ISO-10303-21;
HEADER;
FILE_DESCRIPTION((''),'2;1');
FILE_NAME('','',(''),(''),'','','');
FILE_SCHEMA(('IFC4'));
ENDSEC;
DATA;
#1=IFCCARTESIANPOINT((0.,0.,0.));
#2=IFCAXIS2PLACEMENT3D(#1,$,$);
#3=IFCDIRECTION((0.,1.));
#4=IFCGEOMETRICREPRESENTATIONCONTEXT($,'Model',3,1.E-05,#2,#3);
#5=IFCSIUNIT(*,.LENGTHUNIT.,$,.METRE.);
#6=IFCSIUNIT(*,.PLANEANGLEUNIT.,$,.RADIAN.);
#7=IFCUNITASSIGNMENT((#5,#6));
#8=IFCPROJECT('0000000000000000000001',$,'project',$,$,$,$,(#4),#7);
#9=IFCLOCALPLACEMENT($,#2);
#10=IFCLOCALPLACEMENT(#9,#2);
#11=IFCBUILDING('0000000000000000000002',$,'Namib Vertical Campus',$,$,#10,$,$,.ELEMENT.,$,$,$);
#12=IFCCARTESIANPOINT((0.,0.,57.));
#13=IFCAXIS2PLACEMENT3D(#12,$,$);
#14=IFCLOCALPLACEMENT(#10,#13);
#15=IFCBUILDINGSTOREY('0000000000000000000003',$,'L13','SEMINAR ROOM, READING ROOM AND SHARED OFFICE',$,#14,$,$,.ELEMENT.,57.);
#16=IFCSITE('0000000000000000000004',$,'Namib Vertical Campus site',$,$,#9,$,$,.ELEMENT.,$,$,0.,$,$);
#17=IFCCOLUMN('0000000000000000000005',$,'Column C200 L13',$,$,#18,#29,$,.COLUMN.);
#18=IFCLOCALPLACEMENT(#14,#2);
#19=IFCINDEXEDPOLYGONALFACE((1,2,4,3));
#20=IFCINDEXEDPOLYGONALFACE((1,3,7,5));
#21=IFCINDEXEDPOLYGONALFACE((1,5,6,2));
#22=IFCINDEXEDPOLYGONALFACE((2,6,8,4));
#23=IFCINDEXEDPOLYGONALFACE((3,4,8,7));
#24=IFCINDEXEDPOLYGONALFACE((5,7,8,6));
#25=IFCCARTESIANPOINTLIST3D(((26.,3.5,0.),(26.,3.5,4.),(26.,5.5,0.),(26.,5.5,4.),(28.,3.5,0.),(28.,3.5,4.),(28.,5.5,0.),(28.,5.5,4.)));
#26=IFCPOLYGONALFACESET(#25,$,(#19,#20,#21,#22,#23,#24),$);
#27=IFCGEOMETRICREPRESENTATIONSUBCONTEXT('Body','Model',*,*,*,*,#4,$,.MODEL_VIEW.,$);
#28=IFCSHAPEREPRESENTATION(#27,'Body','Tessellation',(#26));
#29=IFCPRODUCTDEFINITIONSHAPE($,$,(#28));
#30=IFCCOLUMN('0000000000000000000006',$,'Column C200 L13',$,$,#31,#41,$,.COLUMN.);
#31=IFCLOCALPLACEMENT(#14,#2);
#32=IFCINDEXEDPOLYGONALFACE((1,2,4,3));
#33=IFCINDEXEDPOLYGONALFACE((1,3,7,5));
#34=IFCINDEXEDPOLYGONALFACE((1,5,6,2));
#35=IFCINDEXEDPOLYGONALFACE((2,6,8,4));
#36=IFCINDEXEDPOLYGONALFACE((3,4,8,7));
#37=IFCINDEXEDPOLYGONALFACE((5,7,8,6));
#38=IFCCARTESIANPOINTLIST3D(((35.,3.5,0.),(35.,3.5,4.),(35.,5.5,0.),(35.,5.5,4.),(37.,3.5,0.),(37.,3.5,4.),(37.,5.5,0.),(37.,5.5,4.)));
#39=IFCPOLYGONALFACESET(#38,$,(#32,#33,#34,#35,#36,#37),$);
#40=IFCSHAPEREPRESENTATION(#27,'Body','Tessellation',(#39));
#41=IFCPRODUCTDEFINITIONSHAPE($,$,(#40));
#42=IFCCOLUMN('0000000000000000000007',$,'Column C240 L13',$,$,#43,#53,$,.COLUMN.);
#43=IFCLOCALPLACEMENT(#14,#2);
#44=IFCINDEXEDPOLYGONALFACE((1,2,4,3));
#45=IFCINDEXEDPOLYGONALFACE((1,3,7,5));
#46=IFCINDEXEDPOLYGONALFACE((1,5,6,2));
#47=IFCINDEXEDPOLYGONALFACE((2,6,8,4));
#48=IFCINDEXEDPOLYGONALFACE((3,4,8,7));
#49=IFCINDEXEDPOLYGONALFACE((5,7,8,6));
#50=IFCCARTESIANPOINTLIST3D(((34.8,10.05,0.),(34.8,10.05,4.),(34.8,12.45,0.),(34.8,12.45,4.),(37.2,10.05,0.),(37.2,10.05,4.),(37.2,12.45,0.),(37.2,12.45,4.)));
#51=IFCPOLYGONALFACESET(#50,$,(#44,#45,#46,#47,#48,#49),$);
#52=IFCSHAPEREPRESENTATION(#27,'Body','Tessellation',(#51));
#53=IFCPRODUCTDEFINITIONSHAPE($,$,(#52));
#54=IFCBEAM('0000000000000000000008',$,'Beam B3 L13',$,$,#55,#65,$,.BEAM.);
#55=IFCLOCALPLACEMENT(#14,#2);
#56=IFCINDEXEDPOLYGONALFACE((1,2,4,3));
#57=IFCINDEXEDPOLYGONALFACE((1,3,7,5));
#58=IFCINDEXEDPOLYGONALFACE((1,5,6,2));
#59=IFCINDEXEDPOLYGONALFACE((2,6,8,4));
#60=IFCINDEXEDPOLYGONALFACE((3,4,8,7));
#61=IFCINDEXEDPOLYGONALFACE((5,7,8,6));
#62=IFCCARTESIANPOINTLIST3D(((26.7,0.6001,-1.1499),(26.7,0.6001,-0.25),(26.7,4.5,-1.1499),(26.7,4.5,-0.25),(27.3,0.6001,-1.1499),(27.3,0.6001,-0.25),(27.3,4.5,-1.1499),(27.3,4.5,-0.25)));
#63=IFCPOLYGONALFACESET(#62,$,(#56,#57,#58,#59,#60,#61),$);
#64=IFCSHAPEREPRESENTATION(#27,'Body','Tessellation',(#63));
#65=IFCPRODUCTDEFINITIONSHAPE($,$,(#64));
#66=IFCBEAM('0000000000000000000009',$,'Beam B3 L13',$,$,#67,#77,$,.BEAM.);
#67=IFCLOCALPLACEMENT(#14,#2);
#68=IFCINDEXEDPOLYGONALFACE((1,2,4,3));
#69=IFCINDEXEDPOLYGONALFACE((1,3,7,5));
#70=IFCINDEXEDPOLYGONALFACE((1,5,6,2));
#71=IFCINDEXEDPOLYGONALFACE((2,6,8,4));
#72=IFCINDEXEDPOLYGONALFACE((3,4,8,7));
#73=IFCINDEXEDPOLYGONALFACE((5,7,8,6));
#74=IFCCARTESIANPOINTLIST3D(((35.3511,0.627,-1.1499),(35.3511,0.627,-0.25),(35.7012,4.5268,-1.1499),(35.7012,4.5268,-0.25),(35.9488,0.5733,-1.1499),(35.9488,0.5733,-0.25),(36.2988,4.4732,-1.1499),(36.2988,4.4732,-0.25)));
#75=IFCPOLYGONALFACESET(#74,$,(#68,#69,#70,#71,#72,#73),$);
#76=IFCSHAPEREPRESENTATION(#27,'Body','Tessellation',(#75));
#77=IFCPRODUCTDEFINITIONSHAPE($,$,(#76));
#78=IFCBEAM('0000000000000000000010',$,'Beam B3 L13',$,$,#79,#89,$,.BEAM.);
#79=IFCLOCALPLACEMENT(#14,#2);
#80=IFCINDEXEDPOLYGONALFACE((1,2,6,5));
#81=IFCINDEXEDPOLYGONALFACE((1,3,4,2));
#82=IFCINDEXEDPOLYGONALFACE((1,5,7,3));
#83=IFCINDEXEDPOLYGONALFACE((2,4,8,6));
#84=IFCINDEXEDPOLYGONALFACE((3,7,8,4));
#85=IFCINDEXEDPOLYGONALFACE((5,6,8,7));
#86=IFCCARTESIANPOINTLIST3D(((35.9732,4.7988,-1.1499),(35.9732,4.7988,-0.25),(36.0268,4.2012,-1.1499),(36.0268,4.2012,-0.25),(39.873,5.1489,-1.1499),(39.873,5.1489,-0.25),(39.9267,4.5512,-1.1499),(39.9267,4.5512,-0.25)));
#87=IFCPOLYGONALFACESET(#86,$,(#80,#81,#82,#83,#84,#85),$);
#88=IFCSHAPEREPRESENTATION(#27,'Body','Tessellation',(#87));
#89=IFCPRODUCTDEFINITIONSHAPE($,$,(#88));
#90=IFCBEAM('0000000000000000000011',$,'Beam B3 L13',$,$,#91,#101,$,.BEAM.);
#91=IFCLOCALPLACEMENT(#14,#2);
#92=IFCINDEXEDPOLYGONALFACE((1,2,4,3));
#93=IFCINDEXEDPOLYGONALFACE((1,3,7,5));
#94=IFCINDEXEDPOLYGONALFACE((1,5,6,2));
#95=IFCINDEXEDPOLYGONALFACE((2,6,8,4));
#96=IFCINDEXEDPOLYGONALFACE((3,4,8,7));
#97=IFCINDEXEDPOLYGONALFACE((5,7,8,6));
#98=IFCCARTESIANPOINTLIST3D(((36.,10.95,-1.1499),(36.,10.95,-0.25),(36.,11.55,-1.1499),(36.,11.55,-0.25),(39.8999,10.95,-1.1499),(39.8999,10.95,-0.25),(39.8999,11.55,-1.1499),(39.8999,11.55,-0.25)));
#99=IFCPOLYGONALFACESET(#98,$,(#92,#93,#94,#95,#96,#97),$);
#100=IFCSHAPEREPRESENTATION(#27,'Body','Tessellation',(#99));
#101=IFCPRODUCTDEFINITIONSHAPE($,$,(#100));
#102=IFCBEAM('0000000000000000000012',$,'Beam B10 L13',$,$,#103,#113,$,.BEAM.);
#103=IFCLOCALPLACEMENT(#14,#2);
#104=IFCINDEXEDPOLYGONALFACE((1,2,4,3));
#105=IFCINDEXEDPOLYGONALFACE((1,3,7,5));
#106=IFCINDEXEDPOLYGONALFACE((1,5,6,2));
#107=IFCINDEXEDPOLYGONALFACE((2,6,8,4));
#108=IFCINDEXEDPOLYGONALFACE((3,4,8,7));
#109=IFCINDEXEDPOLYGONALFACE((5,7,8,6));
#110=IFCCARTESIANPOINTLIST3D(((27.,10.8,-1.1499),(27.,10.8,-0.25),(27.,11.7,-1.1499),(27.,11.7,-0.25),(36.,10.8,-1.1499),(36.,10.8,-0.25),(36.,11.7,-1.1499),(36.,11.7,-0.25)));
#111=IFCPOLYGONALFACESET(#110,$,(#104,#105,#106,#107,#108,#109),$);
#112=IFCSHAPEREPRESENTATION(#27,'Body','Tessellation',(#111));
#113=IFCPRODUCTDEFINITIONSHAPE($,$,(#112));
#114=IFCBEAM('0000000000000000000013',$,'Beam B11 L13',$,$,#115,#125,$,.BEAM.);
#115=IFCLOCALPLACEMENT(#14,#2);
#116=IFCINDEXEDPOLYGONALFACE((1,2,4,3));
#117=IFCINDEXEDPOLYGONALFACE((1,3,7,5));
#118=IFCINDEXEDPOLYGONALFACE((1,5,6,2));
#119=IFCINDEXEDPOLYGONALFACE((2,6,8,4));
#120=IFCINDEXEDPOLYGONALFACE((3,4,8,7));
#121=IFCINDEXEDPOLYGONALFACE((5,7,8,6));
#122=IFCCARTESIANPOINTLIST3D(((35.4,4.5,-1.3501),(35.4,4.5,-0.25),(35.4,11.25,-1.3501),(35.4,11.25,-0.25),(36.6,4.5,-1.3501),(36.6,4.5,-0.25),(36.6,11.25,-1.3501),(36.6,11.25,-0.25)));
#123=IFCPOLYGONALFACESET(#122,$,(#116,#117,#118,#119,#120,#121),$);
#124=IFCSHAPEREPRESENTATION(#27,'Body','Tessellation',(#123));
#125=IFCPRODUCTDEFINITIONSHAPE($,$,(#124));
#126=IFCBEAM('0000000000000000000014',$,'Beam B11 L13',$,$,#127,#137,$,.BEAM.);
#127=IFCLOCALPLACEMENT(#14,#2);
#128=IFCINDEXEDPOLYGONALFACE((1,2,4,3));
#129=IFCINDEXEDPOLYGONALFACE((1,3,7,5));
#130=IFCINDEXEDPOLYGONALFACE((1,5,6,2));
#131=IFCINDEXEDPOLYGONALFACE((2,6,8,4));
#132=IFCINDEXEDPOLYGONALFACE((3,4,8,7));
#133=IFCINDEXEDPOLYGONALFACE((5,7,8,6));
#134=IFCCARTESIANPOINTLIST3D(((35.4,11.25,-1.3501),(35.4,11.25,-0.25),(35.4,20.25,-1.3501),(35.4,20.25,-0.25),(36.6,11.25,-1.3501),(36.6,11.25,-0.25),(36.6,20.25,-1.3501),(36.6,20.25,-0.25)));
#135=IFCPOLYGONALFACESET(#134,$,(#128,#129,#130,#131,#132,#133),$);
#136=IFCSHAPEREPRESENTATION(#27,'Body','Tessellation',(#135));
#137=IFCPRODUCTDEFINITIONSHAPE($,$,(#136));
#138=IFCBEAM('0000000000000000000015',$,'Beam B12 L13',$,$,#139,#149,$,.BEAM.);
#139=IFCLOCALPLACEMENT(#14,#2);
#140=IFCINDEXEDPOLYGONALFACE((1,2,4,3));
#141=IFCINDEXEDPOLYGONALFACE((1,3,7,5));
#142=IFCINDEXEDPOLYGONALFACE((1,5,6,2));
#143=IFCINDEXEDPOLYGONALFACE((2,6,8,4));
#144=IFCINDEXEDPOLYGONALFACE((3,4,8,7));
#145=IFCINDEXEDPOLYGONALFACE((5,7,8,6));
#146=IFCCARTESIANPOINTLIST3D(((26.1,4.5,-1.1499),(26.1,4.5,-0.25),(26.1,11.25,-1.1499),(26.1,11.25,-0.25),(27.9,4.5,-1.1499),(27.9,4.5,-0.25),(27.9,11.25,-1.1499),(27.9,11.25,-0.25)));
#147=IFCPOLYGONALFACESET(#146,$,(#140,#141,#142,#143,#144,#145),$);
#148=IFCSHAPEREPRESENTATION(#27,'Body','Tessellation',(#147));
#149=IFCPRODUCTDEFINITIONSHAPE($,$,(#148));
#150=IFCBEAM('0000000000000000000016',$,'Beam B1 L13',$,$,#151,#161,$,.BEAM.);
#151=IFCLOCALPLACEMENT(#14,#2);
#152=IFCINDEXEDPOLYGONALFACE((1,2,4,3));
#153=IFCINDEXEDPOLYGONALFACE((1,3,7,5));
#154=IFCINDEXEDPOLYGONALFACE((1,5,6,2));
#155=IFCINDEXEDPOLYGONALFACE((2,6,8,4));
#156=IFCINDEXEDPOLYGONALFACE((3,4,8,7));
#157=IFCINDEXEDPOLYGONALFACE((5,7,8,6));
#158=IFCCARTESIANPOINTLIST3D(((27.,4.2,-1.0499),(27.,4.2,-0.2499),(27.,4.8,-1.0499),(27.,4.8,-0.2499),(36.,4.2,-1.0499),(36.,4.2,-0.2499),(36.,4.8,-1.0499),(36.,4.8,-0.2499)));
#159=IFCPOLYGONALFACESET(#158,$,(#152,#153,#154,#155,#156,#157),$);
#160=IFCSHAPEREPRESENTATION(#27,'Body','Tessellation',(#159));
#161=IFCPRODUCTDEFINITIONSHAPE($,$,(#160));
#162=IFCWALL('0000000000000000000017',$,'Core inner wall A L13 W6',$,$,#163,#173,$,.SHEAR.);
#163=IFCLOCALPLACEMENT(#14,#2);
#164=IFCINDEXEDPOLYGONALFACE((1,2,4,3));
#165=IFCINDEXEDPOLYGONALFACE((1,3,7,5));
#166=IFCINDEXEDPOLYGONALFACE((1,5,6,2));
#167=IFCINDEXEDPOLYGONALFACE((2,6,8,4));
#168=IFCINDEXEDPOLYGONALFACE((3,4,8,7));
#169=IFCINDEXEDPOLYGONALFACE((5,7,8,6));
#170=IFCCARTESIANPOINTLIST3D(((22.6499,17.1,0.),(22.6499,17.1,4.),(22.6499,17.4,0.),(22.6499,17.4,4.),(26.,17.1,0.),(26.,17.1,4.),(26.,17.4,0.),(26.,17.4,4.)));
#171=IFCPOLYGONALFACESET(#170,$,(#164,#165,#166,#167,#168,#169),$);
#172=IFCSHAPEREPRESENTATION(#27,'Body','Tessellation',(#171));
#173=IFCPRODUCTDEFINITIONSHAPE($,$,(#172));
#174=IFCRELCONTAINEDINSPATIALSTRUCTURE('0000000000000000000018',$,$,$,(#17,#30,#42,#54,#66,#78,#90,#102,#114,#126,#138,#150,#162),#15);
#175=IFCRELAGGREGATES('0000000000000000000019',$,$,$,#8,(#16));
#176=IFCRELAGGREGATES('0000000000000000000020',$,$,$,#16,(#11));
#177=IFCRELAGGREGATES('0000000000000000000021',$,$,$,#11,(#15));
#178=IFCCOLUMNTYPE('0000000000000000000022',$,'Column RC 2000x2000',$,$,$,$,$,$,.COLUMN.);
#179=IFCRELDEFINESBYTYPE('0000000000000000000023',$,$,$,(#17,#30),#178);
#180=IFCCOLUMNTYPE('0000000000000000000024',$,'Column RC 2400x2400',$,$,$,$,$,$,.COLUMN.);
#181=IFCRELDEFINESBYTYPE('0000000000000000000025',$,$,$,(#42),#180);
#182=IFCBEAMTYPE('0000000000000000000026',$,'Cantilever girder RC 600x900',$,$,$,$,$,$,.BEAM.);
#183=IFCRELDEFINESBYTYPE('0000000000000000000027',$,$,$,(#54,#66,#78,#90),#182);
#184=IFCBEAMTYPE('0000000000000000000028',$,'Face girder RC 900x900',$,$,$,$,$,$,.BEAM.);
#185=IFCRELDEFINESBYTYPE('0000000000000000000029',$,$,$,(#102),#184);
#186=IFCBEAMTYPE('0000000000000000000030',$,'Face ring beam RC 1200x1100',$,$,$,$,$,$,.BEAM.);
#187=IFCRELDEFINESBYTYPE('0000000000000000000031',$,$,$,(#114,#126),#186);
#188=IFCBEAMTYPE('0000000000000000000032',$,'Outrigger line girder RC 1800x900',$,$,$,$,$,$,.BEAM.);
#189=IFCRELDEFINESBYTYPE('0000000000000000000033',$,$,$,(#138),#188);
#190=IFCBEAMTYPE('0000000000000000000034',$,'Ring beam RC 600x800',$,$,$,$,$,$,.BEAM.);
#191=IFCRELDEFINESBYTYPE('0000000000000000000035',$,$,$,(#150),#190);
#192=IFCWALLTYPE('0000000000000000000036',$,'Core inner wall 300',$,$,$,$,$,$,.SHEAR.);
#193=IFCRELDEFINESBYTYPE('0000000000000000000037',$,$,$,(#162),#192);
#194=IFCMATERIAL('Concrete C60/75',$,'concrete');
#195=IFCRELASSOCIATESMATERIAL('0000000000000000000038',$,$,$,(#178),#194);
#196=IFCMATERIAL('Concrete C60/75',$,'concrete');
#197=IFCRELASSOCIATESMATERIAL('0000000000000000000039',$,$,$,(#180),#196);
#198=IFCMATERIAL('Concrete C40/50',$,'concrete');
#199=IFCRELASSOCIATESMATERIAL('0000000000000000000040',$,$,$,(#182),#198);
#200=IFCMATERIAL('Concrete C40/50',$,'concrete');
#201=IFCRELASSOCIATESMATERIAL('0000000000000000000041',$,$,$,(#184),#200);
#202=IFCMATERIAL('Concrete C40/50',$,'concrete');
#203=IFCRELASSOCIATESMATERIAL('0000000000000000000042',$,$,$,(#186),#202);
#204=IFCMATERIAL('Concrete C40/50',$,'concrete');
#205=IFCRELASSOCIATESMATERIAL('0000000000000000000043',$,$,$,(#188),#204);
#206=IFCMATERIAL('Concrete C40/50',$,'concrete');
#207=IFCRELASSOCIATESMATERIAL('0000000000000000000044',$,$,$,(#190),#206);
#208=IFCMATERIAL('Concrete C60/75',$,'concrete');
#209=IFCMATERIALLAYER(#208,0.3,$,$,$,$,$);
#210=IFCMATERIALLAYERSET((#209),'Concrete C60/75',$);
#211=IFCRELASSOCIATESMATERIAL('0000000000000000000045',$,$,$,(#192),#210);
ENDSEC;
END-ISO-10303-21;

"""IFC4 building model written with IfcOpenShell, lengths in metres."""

from ifc_helpers import new_model, si_unit, direction, frame, frame_2d, origin, origin_2d, place, context, subcontext, project, spatial, rectangle, extrude, material, layer, layer_set, material_profile, profile_set, type_object, element, save


model = new_model("IFC4")

# Units and contexts
model_context = context("Model", 3, precision=1e-05, world=origin(), true_north=direction((0.0, 1.0)))
body_context = subcontext(model_context, "Body", "Model", "MODEL_VIEW")
ifc_project = project(units=[si_unit("LENGTHUNIT", "METRE"), si_unit("PLANEANGLEUNIT", "RADIAN")], contexts=[model_context])

# Site, building, storey
site_placement = place(None, origin())
site = spatial("IfcSite", under=ifc_project, at=site_placement, Name="Namib Vertical Campus site", CompositionType="ELEMENT", RefElevation=0.0)
building_placement = place(site_placement, origin())
building = spatial("IfcBuilding", under=site, at=building_placement, Name="Namib Vertical Campus", CompositionType="ELEMENT")
storey_placement = place(building_placement, frame((0.0, 0.0, 57.0)))
storey = spatial("IfcBuildingStorey", under=building, at=storey_placement, Name="L13", Description="SEMINAR ROOM, READING ROOM AND SHARED OFFICE", CompositionType="ELEMENT", Elevation=57.0)

# Columns
ifc_material_1 = material(Name="Concrete C60/75", Category="concrete")
ifc_material_profile_1 = material_profile(ifc_material_1, rectangle(XDim=2.0, YDim=2.0, at=origin_2d()))
ifc_profile_set_1 = profile_set([ifc_material_profile_1], Name="Concrete C60/75")
column_type_1 = type_object("IfcColumnType", Name="Column RC 2000x2000", PredefinedType="COLUMN", material=ifc_profile_set_1)
for number, where, z_axis, x_axis, name in (
    (1, (27.0, 4.5, 0.0), (0.0, 0.0, 1.0), (1.0, 0.0, 0.0), "Column C200 L13"),
    (2, (36.0, 4.5, 0.0), (0.0, 0.0, 1.0), (1.0, 0.0, 0.0), "Column C200 L13"),
):
    element("IfcColumn", number, at=place(storey_placement, frame(where, z_axis=z_axis, x_axis=x_axis)), inside=storey, type_object=column_type_1, Name=name, PredefinedType="COLUMN", context=body_context, shape_type="SweptSolid", body=[
        extrude(rectangle(XDim=2.0, YDim=2.0, at=origin_2d()), origin(), (0.0, 0.0, 1.0), 4.0),
    ])
ifc_material_2 = material(Name="Concrete C60/75", Category="concrete")
ifc_material_profile_2 = material_profile(ifc_material_2, rectangle(XDim=2.3999, YDim=2.3999, at=origin_2d()))
ifc_profile_set_2 = profile_set([ifc_material_profile_2], Name="Concrete C60/75")
column_type_2 = type_object("IfcColumnType", Name="Column RC 2400x2400", PredefinedType="COLUMN", material=ifc_profile_set_2)
column_placement = place(storey_placement, frame((36.0, 11.25, 0.0), z_axis=(0.0, 0.0, 1.0), x_axis=(1.0, 0.0, 0.0)))
element("IfcColumn", 3, at=column_placement, inside=storey, type_object=column_type_2, Name="Column C240 L13", PredefinedType="COLUMN", context=body_context, shape_type="SweptSolid", body=[
    extrude(rectangle(XDim=2.3999, YDim=2.3999, at=origin_2d()), origin(), (0.0, 0.0, 1.0), 4.0),
])

# Beams
ifc_material_3 = material(Name="Concrete C40/50", Category="concrete")
ifc_material_profile_3 = material_profile(ifc_material_3, rectangle(XDim=0.6001, YDim=0.8999, at=origin_2d()))
ifc_profile_set_3 = profile_set([ifc_material_profile_3], Name="Concrete C40/50")
beam_type_1 = type_object("IfcBeamType", Name="Cantilever girder RC 600x900", PredefinedType="BEAM", material=ifc_profile_set_3)
beam_1_placement = place(storey_placement, frame((27.0, 4.5, -0.7), z_axis=(0.0, -1.0, 0.0), x_axis=(1.0, 0.0, 0.0)))
element("IfcBeam", 4, at=beam_1_placement, inside=storey, type_object=beam_type_1, Name="Beam B3 L13", PredefinedType="BEAM", context=body_context, shape_type="SweptSolid", body=[
    extrude(rectangle(XDim=0.6001, YDim=0.8999, at=origin_2d()), origin(), (0.0, 0.0, 1.0), 3.8999),
])
for number, where, z_axis, x_axis, name in (
    (5, (36.0, 4.5, -0.7), (-0.089411, -0.995995, 0.0), (0.995995, -0.089411, 0.0), "Beam B3 L13"),
    (6, (36.0, 4.5, -0.7), (0.995995, 0.089411, 0.0), (-0.089411, 0.995995, 0.0), "Beam B3 L13"),
):
    element("IfcBeam", number, at=place(storey_placement, frame(where, z_axis=z_axis, x_axis=x_axis)), inside=storey, type_object=beam_type_1, Name=name, PredefinedType="BEAM", context=body_context, shape_type="SweptSolid", body=[
        extrude(rectangle(XDim=0.6001, YDim=0.8999, at=origin_2d()), origin(), (0.0, 0.0, 1.0), 3.9155),
    ])
beam_2_placement = place(storey_placement, frame((36.0, 11.25, -0.7), z_axis=(1.0, 0.0, 0.0), x_axis=(0.0, 1.0, 0.0)))
element("IfcBeam", 7, at=beam_2_placement, inside=storey, type_object=beam_type_1, Name="Beam B3 L13", PredefinedType="BEAM", context=body_context, shape_type="SweptSolid", body=[
    extrude(rectangle(XDim=0.6001, YDim=0.8999, at=origin_2d()), origin(), (0.0, 0.0, 1.0), 3.8999),
])
ifc_material_4 = material(Name="Concrete C40/50", Category="concrete")
ifc_material_profile_4 = material_profile(ifc_material_4, rectangle(XDim=0.8999, YDim=0.8999, at=origin_2d()))
ifc_profile_set_4 = profile_set([ifc_material_profile_4], Name="Concrete C40/50")
beam_type_2 = type_object("IfcBeamType", Name="Face girder RC 900x900", PredefinedType="BEAM", material=ifc_profile_set_4)
beam_3_placement = place(storey_placement, frame((36.0, 11.25, -0.7), z_axis=(-1.0, 0.0, 0.0), x_axis=(0.0, -1.0, 0.0)))
element("IfcBeam", 8, at=beam_3_placement, inside=storey, type_object=beam_type_2, Name="Beam B10 L13", PredefinedType="BEAM", context=body_context, shape_type="SweptSolid", body=[
    extrude(rectangle(XDim=0.8999, YDim=0.8999, at=origin_2d()), origin(), (0.0, 0.0, 1.0), 9.0),
])
ifc_material_5 = material(Name="Concrete C40/50", Category="concrete")
ifc_material_profile_5 = material_profile(ifc_material_5, rectangle(XDim=1.2, YDim=1.1001, at=origin_2d()))
ifc_profile_set_5 = profile_set([ifc_material_profile_5], Name="Concrete C40/50")
beam_type_3 = type_object("IfcBeamType", Name="Face ring beam RC 1200x1100", PredefinedType="BEAM", material=ifc_profile_set_5)
beam_4_placement = place(storey_placement, frame((36.0, 4.5, -0.8), z_axis=(0.0, 1.0, 0.0), x_axis=(-1.0, 0.0, 0.0)))
element("IfcBeam", 9, at=beam_4_placement, inside=storey, type_object=beam_type_3, Name="Beam B11 L13", PredefinedType="BEAM", context=body_context, shape_type="SweptSolid", body=[
    extrude(rectangle(XDim=1.2, YDim=1.1001, at=origin_2d()), origin(), (0.0, 0.0, 1.0), 6.75),
])
beam_5_placement = place(storey_placement, frame((36.0, 11.25, -0.8), z_axis=(0.0, 1.0, 0.0), x_axis=(-1.0, 0.0, 0.0)))
element("IfcBeam", 10, at=beam_5_placement, inside=storey, type_object=beam_type_3, Name="Beam B11 L13", PredefinedType="BEAM", context=body_context, shape_type="SweptSolid", body=[
    extrude(rectangle(XDim=1.2, YDim=1.1001, at=origin_2d()), origin(), (0.0, 0.0, 1.0), 9.0),
])
ifc_material_6 = material(Name="Concrete C40/50", Category="concrete")
ifc_material_profile_6 = material_profile(ifc_material_6, rectangle(XDim=1.8, YDim=0.8999, at=origin_2d()))
ifc_profile_set_6 = profile_set([ifc_material_profile_6], Name="Concrete C40/50")
beam_type_4 = type_object("IfcBeamType", Name="Outrigger line girder RC 1800x900", PredefinedType="BEAM", material=ifc_profile_set_6)
beam_6_placement = place(storey_placement, frame((27.0, 4.5, -0.7), z_axis=(0.0, 1.0, 0.0), x_axis=(-1.0, 0.0, 0.0)))
element("IfcBeam", 11, at=beam_6_placement, inside=storey, type_object=beam_type_4, Name="Beam B12 L13", PredefinedType="BEAM", context=body_context, shape_type="SweptSolid", body=[
    extrude(rectangle(XDim=1.8, YDim=0.8999, at=origin_2d()), origin(), (0.0, 0.0, 1.0), 6.75),
])
ifc_material_7 = material(Name="Concrete C40/50", Category="concrete")
ifc_material_profile_7 = material_profile(ifc_material_7, rectangle(XDim=0.6001, YDim=0.8, at=origin_2d()))
ifc_profile_set_7 = profile_set([ifc_material_profile_7], Name="Concrete C40/50")
beam_type_5 = type_object("IfcBeamType", Name="Ring beam RC 600x800", PredefinedType="BEAM", material=ifc_profile_set_7)
beam_7_placement = place(storey_placement, frame((27.0, 4.5, -0.6499), z_axis=(1.0, 0.0, 0.0), x_axis=(0.0, 1.0, 0.0)))
element("IfcBeam", 12, at=beam_7_placement, inside=storey, type_object=beam_type_5, Name="Beam B1 L13", PredefinedType="BEAM", context=body_context, shape_type="SweptSolid", body=[
    extrude(rectangle(XDim=0.6001, YDim=0.8, at=origin_2d()), origin(), (0.0, 0.0, 1.0), 9.0),
])

# Wall
ifc_material_8 = material(Name="Concrete C60/75", Category="concrete")
ifc_layer_1 = layer(ifc_material_8, 0.3)
ifc_layer_set_1 = layer_set([ifc_layer_1], Name="Concrete C60/75")
wall_type_1 = type_object("IfcWallType", Name="Core inner wall 300", PredefinedType="SHEAR", material=ifc_layer_set_1)
wall_1_placement = place(storey_placement, frame((22.6499, 17.25, 0.0), z_axis=(0.0, 0.0, 1.0), x_axis=(1.0, 0.0, 0.0)))
element("IfcWall", 13, at=wall_1_placement, inside=storey, type_object=wall_type_1, Name="Core inner wall A L13 W6", PredefinedType="SHEAR", context=body_context, shape_type="SweptSolid", body=[
    extrude(rectangle(XDim=3.3501, YDim=0.3, at=frame_2d((1.675, 0.0))), origin(), (0.0, 0.0, 1.0), 4.0),
])

save(model, "model.ifc")
